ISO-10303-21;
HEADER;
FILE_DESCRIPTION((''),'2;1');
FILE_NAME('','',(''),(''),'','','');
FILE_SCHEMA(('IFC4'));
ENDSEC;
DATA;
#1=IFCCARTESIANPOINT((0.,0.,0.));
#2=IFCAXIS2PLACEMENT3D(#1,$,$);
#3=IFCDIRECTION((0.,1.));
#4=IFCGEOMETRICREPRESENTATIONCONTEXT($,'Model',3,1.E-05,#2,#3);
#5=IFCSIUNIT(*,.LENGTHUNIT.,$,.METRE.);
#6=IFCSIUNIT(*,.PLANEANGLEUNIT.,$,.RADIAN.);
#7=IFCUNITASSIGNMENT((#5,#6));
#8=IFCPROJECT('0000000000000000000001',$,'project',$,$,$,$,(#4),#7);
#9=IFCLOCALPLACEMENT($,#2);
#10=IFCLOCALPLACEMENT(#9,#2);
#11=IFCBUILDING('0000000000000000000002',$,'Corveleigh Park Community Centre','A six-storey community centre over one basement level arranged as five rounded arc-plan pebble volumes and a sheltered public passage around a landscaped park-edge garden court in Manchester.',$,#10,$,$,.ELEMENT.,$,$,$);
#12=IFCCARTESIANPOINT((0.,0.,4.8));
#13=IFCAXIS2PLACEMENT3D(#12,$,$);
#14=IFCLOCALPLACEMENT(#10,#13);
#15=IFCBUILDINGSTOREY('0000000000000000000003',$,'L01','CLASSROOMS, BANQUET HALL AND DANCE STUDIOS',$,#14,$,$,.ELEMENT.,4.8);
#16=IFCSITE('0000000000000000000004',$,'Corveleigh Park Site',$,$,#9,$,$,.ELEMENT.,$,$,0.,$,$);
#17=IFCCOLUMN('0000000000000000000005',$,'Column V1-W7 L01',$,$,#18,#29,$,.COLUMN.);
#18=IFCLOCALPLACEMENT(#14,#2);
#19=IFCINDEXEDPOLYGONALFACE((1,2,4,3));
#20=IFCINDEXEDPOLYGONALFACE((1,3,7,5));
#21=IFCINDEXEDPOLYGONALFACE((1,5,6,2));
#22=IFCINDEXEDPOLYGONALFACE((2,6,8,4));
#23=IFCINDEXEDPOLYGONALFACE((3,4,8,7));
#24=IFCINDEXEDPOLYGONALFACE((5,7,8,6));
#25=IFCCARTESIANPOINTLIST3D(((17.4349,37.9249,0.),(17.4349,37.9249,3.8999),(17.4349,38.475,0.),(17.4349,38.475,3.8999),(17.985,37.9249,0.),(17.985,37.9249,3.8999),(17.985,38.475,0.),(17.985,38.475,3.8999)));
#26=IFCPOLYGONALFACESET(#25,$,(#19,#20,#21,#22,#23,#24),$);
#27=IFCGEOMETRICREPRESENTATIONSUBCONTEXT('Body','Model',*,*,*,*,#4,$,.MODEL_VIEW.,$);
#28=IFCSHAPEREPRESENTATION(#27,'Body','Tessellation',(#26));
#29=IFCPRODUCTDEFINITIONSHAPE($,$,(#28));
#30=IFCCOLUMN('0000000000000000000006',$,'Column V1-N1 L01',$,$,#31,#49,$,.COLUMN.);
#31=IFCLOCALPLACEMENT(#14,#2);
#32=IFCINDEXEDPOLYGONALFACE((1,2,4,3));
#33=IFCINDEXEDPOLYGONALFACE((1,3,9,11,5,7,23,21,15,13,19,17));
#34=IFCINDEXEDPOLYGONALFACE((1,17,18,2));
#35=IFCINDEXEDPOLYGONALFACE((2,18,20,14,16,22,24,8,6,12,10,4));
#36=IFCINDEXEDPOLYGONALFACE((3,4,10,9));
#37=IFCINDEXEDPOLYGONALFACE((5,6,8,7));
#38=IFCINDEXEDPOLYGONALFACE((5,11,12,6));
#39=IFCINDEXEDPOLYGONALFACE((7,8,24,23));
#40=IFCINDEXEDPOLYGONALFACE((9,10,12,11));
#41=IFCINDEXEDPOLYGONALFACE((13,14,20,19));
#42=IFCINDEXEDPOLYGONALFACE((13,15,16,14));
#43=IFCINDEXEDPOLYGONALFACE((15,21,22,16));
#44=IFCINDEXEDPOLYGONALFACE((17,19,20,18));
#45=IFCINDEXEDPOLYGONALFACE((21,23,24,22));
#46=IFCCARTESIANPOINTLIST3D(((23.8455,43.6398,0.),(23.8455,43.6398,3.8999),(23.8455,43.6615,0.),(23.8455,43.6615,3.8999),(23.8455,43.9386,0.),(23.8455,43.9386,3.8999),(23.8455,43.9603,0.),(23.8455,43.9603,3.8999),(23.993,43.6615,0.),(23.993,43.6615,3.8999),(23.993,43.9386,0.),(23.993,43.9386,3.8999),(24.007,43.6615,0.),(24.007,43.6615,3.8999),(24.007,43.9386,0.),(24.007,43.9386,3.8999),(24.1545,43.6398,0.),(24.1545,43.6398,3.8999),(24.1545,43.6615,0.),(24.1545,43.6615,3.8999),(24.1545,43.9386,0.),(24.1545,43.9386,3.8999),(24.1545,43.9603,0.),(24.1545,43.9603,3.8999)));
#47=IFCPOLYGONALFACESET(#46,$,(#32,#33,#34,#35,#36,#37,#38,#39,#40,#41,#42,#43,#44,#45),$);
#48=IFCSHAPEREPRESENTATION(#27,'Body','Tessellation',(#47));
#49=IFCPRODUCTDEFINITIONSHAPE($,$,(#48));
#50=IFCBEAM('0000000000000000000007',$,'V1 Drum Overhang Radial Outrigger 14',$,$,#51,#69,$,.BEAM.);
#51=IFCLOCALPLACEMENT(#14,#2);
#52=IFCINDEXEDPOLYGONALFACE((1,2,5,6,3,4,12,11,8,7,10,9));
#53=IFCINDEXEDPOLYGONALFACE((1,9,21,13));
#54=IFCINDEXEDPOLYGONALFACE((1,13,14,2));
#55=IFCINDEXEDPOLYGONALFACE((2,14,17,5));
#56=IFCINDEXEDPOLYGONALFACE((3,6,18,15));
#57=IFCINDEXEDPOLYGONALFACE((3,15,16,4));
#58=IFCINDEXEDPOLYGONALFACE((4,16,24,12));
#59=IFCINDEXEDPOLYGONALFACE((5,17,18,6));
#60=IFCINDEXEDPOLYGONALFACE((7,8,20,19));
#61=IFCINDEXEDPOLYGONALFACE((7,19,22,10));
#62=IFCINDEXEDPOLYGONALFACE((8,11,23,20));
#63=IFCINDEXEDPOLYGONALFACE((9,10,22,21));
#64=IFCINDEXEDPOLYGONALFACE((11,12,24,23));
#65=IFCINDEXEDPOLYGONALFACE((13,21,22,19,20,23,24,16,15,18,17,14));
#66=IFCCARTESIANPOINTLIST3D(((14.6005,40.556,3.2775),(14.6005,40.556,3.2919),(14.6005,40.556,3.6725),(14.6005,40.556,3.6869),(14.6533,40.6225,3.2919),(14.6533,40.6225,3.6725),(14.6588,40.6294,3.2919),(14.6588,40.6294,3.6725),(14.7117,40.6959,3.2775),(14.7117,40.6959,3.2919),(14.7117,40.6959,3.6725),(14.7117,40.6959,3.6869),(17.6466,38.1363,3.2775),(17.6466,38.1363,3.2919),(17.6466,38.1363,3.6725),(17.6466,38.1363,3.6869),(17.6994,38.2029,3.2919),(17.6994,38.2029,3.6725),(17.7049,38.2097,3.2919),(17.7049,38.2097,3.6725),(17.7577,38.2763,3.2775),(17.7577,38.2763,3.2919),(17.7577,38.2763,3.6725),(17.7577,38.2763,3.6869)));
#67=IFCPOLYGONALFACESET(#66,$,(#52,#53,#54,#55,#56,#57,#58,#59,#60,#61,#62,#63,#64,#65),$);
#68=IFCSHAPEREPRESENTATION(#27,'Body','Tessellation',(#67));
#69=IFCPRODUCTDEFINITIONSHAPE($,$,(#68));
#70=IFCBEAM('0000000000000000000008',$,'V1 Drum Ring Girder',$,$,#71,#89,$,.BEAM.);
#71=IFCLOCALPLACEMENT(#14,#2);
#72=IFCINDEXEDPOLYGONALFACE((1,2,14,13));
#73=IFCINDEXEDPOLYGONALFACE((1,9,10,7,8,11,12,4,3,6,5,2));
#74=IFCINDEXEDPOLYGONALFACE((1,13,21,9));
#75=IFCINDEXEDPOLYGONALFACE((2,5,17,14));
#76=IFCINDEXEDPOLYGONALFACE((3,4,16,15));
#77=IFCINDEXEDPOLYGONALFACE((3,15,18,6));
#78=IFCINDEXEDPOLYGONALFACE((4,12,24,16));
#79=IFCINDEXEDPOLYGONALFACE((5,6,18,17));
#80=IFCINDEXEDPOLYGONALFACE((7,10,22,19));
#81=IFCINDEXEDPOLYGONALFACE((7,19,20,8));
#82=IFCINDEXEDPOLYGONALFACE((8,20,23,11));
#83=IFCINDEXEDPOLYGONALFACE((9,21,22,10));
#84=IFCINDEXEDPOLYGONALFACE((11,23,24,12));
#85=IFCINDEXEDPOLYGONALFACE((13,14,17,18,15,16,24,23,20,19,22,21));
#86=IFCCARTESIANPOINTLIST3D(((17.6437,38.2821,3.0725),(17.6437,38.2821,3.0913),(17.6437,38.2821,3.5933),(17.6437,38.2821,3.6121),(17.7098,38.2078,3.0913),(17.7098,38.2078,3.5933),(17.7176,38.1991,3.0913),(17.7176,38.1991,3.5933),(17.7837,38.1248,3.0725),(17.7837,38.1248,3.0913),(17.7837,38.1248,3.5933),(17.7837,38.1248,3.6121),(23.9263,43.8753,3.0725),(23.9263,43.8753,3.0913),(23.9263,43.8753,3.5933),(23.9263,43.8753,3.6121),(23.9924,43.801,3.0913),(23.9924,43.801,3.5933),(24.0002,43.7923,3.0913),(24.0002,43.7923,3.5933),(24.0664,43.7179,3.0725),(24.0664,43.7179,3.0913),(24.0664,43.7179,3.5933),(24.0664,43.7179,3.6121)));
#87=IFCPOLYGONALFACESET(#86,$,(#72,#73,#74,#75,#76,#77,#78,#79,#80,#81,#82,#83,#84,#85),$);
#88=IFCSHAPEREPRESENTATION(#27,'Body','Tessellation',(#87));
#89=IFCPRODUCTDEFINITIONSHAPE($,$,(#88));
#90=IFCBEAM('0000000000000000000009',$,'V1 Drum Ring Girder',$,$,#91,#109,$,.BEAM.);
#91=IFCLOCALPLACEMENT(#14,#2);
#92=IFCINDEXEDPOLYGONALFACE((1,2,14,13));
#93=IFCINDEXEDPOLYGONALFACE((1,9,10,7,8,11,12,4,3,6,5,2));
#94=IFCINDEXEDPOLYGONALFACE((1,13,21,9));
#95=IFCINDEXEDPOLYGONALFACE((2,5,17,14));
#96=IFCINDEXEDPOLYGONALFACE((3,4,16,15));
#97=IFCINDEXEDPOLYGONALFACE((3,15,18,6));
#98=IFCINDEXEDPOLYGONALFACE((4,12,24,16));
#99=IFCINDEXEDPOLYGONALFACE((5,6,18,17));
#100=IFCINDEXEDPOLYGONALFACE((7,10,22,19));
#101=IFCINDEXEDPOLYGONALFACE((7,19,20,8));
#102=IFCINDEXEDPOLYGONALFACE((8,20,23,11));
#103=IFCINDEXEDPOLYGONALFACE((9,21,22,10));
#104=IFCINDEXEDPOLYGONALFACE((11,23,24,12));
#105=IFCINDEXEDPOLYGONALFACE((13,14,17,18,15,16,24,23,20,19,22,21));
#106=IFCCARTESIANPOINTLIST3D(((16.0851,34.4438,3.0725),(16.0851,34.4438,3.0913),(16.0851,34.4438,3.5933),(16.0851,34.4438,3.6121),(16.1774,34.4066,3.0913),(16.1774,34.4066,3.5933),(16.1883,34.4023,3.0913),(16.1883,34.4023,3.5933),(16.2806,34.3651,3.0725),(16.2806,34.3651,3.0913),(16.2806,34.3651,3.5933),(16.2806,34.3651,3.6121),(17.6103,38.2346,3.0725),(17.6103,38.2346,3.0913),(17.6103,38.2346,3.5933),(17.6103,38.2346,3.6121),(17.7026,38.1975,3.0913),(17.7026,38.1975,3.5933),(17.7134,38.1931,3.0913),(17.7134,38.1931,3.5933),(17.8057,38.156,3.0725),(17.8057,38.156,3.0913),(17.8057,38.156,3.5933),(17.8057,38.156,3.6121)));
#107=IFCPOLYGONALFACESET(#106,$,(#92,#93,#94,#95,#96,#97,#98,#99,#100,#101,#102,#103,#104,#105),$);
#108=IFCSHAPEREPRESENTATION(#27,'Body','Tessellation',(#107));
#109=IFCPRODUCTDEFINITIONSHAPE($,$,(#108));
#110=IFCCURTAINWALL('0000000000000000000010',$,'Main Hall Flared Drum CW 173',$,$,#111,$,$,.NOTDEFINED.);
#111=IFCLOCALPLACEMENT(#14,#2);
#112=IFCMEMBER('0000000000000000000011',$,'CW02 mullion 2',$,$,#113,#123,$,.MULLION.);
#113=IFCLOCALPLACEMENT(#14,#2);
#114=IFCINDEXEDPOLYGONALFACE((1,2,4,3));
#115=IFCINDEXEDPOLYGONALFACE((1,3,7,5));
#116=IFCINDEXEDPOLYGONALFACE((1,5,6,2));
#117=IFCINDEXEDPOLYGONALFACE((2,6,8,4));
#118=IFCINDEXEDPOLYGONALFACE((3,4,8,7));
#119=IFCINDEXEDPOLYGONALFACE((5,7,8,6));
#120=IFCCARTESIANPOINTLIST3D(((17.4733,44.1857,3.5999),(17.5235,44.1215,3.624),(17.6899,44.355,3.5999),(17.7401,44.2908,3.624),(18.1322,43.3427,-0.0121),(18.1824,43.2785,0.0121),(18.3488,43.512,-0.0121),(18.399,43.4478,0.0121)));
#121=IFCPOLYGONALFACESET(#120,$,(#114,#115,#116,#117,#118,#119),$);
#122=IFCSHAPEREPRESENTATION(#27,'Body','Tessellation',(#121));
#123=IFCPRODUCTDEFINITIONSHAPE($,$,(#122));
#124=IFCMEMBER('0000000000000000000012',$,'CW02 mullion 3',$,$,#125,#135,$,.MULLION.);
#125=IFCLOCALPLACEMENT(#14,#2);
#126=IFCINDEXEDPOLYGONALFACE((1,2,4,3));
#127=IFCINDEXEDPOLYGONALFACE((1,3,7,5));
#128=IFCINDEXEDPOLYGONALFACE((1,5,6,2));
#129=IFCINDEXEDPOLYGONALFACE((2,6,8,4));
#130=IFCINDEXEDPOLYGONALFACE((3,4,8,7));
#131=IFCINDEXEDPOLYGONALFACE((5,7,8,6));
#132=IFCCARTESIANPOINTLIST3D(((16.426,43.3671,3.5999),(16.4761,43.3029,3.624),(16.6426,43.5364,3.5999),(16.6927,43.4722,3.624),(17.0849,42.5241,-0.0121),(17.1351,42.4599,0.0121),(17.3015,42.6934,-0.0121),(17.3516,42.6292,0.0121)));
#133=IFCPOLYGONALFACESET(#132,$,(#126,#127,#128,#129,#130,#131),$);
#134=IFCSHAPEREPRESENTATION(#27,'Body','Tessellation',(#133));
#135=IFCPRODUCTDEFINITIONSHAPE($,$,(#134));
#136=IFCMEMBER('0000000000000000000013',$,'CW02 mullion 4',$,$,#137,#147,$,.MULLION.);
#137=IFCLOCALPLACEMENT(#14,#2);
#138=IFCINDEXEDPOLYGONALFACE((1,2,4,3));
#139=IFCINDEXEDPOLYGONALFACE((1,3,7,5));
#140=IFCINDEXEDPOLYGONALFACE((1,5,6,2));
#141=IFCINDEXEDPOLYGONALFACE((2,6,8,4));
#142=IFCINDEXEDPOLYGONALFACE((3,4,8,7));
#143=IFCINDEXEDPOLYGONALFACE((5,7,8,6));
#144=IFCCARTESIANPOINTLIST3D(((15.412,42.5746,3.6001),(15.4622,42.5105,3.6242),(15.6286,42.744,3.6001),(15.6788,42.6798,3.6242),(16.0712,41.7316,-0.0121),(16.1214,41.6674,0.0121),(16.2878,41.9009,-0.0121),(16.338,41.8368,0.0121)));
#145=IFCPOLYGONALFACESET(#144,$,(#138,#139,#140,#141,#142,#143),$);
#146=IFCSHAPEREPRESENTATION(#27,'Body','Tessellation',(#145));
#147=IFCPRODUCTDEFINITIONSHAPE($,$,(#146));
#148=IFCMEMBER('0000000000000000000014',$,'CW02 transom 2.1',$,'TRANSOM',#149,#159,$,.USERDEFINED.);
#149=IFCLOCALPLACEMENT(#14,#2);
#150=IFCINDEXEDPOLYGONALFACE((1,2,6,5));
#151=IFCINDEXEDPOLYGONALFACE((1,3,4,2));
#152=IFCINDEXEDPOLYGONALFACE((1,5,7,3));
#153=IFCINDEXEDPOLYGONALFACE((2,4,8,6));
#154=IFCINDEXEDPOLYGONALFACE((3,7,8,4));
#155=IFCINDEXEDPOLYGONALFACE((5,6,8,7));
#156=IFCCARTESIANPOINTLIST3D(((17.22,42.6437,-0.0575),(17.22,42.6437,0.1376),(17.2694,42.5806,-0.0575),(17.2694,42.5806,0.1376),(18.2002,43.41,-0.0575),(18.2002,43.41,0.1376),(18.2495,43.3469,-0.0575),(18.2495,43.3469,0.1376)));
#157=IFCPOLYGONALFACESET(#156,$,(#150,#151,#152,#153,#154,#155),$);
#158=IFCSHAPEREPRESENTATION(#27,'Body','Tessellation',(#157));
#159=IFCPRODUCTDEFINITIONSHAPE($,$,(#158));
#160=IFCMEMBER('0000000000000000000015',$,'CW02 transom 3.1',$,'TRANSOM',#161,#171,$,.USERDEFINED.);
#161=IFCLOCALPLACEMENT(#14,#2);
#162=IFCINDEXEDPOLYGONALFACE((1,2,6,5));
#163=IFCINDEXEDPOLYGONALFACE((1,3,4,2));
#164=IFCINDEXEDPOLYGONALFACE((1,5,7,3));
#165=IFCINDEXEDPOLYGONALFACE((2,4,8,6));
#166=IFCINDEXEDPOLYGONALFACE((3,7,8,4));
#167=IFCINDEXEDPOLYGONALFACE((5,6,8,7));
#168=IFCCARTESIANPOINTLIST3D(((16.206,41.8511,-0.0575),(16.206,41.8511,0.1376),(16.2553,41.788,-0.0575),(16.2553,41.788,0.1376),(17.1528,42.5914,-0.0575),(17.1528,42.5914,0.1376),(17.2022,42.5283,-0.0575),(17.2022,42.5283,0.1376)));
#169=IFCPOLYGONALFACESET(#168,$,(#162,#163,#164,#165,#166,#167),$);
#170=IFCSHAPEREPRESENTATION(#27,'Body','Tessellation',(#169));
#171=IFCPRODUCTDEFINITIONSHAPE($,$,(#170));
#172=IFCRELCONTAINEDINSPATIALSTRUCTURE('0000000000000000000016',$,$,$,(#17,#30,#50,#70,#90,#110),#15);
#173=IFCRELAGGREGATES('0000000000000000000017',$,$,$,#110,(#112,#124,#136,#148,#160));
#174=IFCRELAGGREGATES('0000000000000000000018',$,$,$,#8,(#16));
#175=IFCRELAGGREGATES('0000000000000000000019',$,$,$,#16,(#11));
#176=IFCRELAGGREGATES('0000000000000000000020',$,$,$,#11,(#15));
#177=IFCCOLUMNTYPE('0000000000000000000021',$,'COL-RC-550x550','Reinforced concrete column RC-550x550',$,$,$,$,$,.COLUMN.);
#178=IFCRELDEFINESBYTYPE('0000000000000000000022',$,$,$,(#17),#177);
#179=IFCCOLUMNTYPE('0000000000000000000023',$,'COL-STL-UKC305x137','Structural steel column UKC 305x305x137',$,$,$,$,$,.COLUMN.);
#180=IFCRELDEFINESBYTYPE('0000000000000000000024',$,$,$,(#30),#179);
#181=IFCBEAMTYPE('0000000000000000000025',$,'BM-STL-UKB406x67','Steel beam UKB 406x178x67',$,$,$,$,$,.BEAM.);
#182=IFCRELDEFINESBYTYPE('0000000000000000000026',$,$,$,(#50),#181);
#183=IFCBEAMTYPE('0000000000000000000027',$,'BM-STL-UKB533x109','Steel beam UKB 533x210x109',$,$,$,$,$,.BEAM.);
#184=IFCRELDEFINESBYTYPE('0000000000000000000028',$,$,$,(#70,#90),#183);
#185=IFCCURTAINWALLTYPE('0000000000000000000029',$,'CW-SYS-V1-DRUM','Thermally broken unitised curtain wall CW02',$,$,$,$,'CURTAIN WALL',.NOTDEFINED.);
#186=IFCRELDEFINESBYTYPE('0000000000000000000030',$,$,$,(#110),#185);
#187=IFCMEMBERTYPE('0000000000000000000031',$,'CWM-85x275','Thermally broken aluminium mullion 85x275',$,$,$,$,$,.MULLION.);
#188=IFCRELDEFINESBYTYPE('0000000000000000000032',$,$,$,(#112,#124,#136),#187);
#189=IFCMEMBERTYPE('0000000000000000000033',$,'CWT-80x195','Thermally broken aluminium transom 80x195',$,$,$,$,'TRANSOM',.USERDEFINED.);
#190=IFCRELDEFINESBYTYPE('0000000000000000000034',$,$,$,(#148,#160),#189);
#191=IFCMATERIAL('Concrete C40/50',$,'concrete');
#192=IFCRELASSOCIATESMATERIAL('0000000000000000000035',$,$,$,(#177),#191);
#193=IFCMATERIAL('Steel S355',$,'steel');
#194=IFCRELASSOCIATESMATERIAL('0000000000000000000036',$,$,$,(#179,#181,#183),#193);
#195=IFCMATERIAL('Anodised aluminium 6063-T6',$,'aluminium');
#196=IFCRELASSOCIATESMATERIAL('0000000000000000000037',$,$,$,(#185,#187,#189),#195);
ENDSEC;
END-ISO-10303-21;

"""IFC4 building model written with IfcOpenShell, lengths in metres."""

from ifc_helpers import new_model, si_unit, direction, frame, origin, origin_2d, place, context, subcontext, project, spatial, rectangle, i_section, extrude, material, material_profile, profile_set, type_object, element, aggregate, save


model = new_model("IFC4")

# Units and contexts
model_context = context("Model", 3, precision=1e-05, world=origin(), true_north=direction((0.0, 1.0)))
body_context = subcontext(model_context, "Body", "Model", "MODEL_VIEW")
ifc_project = project(units=[si_unit("LENGTHUNIT", "METRE"), si_unit("PLANEANGLEUNIT", "RADIAN")], contexts=[model_context])

# Site, building, storey
site_placement = place(None, origin())
site = spatial("IfcSite", under=ifc_project, at=site_placement, Name="Corveleigh Park Site", CompositionType="ELEMENT", RefElevation=0.0)
building_placement = place(site_placement, origin())
building = spatial("IfcBuilding", under=site, at=building_placement, Name="Corveleigh Park Community Centre", Description="A six-storey community centre over one basement level arranged as five rounded arc-plan pebble volumes and a sheltered public passage around a landscaped park-edge garden court in Manchester.", CompositionType="ELEMENT")
storey_placement = place(building_placement, frame((0.0, 0.0, 4.8)))
storey = spatial("IfcBuildingStorey", under=building, at=storey_placement, Name="L01", Description="CLASSROOMS, BANQUET HALL AND DANCE STUDIOS", CompositionType="ELEMENT", Elevation=4.8)

# Columns
ifc_material_1 = material(Name="Concrete C40/50", Category="concrete")
ifc_material_profile_1 = material_profile(ifc_material_1, rectangle(XDim=0.55, YDim=0.55, at=origin_2d()), Name="RC-550x550", Category="concrete")
ifc_profile_set_1 = profile_set([ifc_material_profile_1], Name="Concrete C40/50")
column_type_1 = type_object("IfcColumnType", Name="COL-RC-550x550", Description="Reinforced concrete column RC-550x550", PredefinedType="COLUMN", material=ifc_profile_set_1)
column_1_placement = place(storey_placement, frame((17.71, 38.2, 0.0), z_axis=(0.0, 0.0, 1.0), x_axis=(1.0, 0.0, 0.0)))
element("IfcColumn", 1, at=column_1_placement, inside=storey, type_object=column_type_1, Name="Column V1-W7 L01", PredefinedType="COLUMN", context=body_context, shape_type="SweptSolid", body=[
    extrude(rectangle(XDim=0.55, YDim=0.55, at=origin_2d()), origin(), (0.0, 0.0, 1.0), 3.8999),
])
ifc_material_2 = material(Name="Steel S355", Category="steel")
ifc_material_profile_2 = material_profile(ifc_material_2, i_section(OverallWidth=0.3091, OverallDepth=0.3206, WebThickness=0.0139, FlangeThickness=0.0217, at=origin_2d()), Name="UKC 305x305x137", Category="steel")
ifc_profile_set_2 = profile_set([ifc_material_profile_2], Name="Steel S355")
column_type_2 = type_object("IfcColumnType", Name="COL-STL-UKC305x137", Description="Structural steel column UKC 305x305x137", PredefinedType="COLUMN", material=ifc_profile_set_2)
column_2_placement = place(storey_placement, frame((24.0, 43.8, 0.0), z_axis=(0.0, 0.0, 1.0), x_axis=(1.0, 0.0, 0.0)))
element("IfcColumn", 2, at=column_2_placement, inside=storey, type_object=column_type_2, Name="Column V1-N1 L01", PredefinedType="COLUMN", context=body_context, shape_type="SweptSolid", body=[
    extrude(i_section(OverallWidth=0.3091, OverallDepth=0.3206, WebThickness=0.0139, FlangeThickness=0.0217, at=origin_2d()), origin(), (0.0, 0.0, 1.0), 3.8999),
])

# Beams
ifc_material_profile_3 = material_profile(ifc_material_2, i_section(OverallWidth=0.1787, OverallDepth=0.4094, WebThickness=0.0088, FlangeThickness=0.0144, at=origin_2d()), Name="UKB 406x178x67", Category="steel")
ifc_profile_set_3 = profile_set([ifc_material_profile_3], Name="Steel S355")
beam_type_1 = type_object("IfcBeamType", Name="BM-STL-UKB406x67", Description="Steel beam UKB 406x178x67", PredefinedType="BEAM", material=ifc_profile_set_3)
beam_1_placement = place(storey_placement, frame((17.7021, 38.2063, 3.4822), z_axis=(-0.783025, 0.62199, 0.0), x_axis=(-0.62199, -0.783025, 0.0)))
element("IfcBeam", 3, at=beam_1_placement, inside=storey, type_object=beam_type_1, Name="V1 Drum Overhang Radial Outrigger 14", PredefinedType="BEAM", context=body_context, shape_type="SweptSolid", body=[
    extrude(i_section(OverallWidth=0.1787, OverallDepth=0.4094, WebThickness=0.0088, FlangeThickness=0.0144, at=origin_2d()), origin(), (0.0, 0.0, 1.0), 3.8901),
])
ifc_material_profile_4 = material_profile(ifc_material_2, i_section(OverallWidth=0.2107, OverallDepth=0.5396, WebThickness=0.0117, FlangeThickness=0.0188, at=origin_2d()), Name="UKB 533x210x109", Category="steel")
ifc_profile_set_4 = profile_set([ifc_material_profile_4], Name="Steel S355")
beam_type_2 = type_object("IfcBeamType", Name="BM-STL-UKB533x109", Description="Steel beam UKB 533x210x109", PredefinedType="BEAM", material=ifc_profile_set_4)
beam_2_placement = place(storey_placement, frame((23.9963, 43.7966, 3.3423), z_axis=(-0.7469, -0.664937, 0.0), x_axis=(0.664937, -0.7469, 0.0)))
element("IfcBeam", 4, at=beam_2_placement, inside=storey, type_object=beam_type_2, Name="V1 Drum Ring Girder", PredefinedType="BEAM", context=body_context, shape_type="SweptSolid", body=[
    extrude(i_section(OverallWidth=0.2107, OverallDepth=0.5396, WebThickness=0.0117, FlangeThickness=0.0188, at=origin_2d()), origin(), (0.0, 0.0, 1.0), 8.4116),
])
beam_3_placement = place(storey_placement, frame((17.708, 38.1953, 3.3423), z_axis=(-0.373255, -0.927729, 0.0), x_axis=(0.927729, -0.373255, 0.0)))
element("IfcBeam", 5, at=beam_3_placement, inside=storey, type_object=beam_type_2, Name="V1 Drum Ring Girder", PredefinedType="BEAM", context=body_context, shape_type="SweptSolid", body=[
    extrude(i_section(OverallWidth=0.2107, OverallDepth=0.5396, WebThickness=0.0117, FlangeThickness=0.0188, at=origin_2d()), origin(), (0.0, 0.0, 1.0), 4.0862),
])

# Curtain wall, members
ifc_material_3 = material(Name="Anodised aluminium 6063-T6", Category="aluminium")
curtain_wall_type = type_object("IfcCurtainWallType", Name="CW-SYS-V1-DRUM", Description="Thermally broken unitised curtain wall CW02", ElementType="CURTAIN WALL", PredefinedType="NOTDEFINED", material=ifc_material_3)
curtain_wall_placement = place(storey_placement, origin())
curtain_wall = element("IfcCurtainWall", 6, at=curtain_wall_placement, inside=storey, type_object=curtain_wall_type, Name="Main Hall Flared Drum CW 173", PredefinedType="NOTDEFINED")
ifc_material_profile_5 = material_profile(ifc_material_3, rectangle(XDim=0.085, YDim=0.2749, at=origin_2d()), Name="ALU-M85x275", Category="aluminium")
ifc_profile_set_5 = profile_set([ifc_material_profile_5], Name="Anodised aluminium 6063-T6")
member_type_1 = type_object("IfcMemberType", Name="CWM-85x275", Description="Thermally broken aluminium mullion 85x275", PredefinedType="MULLION", material=ifc_profile_set_5)
member_1_placement = place(storey_placement, frame((18.2656, 43.3953, 0.0), z_axis=(-0.174914, 0.223778, 0.958816), x_axis=(0.590472, -0.755428, 0.284027)))
member_1 = element("IfcMember", 7, at=member_1_placement, type_object=member_type_1, Name="CW02 mullion 2", PredefinedType="MULLION", context=body_context, shape_type="SweptSolid", body=[
    extrude(rectangle(XDim=0.085, YDim=0.2749, at=origin_2d()), origin(), (0.0, 0.0, 1.0), 3.7671),
])
member_2_placement = place(storey_placement, frame((17.2183, 42.5767, 0.0), z_axis=(-0.174914, 0.223778, 0.958816), x_axis=(0.590472, -0.755428, 0.284027)))
member_2 = element("IfcMember", 8, at=member_2_placement, type_object=member_type_1, Name="CW02 mullion 3", PredefinedType="MULLION", context=body_context, shape_type="SweptSolid", body=[
    extrude(rectangle(XDim=0.085, YDim=0.2749, at=origin_2d()), origin(), (0.0, 0.0, 1.0), 3.7671),
])
member_3_placement = place(storey_placement, frame((16.2046, 41.7842, 0.0), z_axis=(-0.174976, 0.223775, 0.958805), x_axis=(0.590601, -0.755313, 0.284064)))
member_3 = element("IfcMember", 9, at=member_3_placement, type_object=member_type_1, Name="CW02 mullion 4", PredefinedType="MULLION", context=body_context, shape_type="SweptSolid", body=[
    extrude(rectangle(XDim=0.085, YDim=0.2749, at=origin_2d()), origin(), (0.0, 0.0, 1.0), 3.7673),
])
ifc_material_profile_6 = material_profile(ifc_material_3, rectangle(XDim=0.0801, YDim=0.1951, at=origin_2d()), Name="ALU-T80x195", Category="aluminium")
ifc_profile_set_6 = profile_set([ifc_material_profile_6], Name="Anodised aluminium 6063-T6")
member_type_2 = type_object("IfcMemberType", Name="CWT-80x195", Description="Thermally broken aluminium transom 80x195", ElementType="TRANSOM", PredefinedType="USERDEFINED", material=ifc_profile_set_6)
member_4_placement = place(storey_placement, frame((18.2249, 43.3784, 0.04), z_axis=(-0.787807, -0.615922, 0.0), x_axis=(0.615922, -0.787807, 0.0)))
member_4 = element("IfcMember", 10, at=member_4_placement, type_object=member_type_2, Name="CW02 transom 2.1", ObjectType="TRANSOM", PredefinedType="USERDEFINED", context=body_context, shape_type="SweptSolid", body=[
    extrude(rectangle(XDim=0.0801, YDim=0.1951, at=origin_2d()), origin(), (0.0, 0.0, 1.0), 1.2441),
])
member_5_placement = place(storey_placement, frame((17.1775, 42.5598, 0.04), z_axis=(-0.787796, -0.615936, 0.0), x_axis=(0.615936, -0.787796, 0.0)))
member_5 = element("IfcMember", 11, at=member_5_placement, type_object=member_type_2, Name="CW02 transom 3.1", ObjectType="TRANSOM", PredefinedType="USERDEFINED", context=body_context, shape_type="SweptSolid", body=[
    extrude(rectangle(XDim=0.0801, YDim=0.1951, at=origin_2d()), origin(), (0.0, 0.0, 1.0), 1.2019),
])

aggregate(curtain_wall, [member_1, member_2, member_3, member_4, member_5])

save(model, "model.ifc")
